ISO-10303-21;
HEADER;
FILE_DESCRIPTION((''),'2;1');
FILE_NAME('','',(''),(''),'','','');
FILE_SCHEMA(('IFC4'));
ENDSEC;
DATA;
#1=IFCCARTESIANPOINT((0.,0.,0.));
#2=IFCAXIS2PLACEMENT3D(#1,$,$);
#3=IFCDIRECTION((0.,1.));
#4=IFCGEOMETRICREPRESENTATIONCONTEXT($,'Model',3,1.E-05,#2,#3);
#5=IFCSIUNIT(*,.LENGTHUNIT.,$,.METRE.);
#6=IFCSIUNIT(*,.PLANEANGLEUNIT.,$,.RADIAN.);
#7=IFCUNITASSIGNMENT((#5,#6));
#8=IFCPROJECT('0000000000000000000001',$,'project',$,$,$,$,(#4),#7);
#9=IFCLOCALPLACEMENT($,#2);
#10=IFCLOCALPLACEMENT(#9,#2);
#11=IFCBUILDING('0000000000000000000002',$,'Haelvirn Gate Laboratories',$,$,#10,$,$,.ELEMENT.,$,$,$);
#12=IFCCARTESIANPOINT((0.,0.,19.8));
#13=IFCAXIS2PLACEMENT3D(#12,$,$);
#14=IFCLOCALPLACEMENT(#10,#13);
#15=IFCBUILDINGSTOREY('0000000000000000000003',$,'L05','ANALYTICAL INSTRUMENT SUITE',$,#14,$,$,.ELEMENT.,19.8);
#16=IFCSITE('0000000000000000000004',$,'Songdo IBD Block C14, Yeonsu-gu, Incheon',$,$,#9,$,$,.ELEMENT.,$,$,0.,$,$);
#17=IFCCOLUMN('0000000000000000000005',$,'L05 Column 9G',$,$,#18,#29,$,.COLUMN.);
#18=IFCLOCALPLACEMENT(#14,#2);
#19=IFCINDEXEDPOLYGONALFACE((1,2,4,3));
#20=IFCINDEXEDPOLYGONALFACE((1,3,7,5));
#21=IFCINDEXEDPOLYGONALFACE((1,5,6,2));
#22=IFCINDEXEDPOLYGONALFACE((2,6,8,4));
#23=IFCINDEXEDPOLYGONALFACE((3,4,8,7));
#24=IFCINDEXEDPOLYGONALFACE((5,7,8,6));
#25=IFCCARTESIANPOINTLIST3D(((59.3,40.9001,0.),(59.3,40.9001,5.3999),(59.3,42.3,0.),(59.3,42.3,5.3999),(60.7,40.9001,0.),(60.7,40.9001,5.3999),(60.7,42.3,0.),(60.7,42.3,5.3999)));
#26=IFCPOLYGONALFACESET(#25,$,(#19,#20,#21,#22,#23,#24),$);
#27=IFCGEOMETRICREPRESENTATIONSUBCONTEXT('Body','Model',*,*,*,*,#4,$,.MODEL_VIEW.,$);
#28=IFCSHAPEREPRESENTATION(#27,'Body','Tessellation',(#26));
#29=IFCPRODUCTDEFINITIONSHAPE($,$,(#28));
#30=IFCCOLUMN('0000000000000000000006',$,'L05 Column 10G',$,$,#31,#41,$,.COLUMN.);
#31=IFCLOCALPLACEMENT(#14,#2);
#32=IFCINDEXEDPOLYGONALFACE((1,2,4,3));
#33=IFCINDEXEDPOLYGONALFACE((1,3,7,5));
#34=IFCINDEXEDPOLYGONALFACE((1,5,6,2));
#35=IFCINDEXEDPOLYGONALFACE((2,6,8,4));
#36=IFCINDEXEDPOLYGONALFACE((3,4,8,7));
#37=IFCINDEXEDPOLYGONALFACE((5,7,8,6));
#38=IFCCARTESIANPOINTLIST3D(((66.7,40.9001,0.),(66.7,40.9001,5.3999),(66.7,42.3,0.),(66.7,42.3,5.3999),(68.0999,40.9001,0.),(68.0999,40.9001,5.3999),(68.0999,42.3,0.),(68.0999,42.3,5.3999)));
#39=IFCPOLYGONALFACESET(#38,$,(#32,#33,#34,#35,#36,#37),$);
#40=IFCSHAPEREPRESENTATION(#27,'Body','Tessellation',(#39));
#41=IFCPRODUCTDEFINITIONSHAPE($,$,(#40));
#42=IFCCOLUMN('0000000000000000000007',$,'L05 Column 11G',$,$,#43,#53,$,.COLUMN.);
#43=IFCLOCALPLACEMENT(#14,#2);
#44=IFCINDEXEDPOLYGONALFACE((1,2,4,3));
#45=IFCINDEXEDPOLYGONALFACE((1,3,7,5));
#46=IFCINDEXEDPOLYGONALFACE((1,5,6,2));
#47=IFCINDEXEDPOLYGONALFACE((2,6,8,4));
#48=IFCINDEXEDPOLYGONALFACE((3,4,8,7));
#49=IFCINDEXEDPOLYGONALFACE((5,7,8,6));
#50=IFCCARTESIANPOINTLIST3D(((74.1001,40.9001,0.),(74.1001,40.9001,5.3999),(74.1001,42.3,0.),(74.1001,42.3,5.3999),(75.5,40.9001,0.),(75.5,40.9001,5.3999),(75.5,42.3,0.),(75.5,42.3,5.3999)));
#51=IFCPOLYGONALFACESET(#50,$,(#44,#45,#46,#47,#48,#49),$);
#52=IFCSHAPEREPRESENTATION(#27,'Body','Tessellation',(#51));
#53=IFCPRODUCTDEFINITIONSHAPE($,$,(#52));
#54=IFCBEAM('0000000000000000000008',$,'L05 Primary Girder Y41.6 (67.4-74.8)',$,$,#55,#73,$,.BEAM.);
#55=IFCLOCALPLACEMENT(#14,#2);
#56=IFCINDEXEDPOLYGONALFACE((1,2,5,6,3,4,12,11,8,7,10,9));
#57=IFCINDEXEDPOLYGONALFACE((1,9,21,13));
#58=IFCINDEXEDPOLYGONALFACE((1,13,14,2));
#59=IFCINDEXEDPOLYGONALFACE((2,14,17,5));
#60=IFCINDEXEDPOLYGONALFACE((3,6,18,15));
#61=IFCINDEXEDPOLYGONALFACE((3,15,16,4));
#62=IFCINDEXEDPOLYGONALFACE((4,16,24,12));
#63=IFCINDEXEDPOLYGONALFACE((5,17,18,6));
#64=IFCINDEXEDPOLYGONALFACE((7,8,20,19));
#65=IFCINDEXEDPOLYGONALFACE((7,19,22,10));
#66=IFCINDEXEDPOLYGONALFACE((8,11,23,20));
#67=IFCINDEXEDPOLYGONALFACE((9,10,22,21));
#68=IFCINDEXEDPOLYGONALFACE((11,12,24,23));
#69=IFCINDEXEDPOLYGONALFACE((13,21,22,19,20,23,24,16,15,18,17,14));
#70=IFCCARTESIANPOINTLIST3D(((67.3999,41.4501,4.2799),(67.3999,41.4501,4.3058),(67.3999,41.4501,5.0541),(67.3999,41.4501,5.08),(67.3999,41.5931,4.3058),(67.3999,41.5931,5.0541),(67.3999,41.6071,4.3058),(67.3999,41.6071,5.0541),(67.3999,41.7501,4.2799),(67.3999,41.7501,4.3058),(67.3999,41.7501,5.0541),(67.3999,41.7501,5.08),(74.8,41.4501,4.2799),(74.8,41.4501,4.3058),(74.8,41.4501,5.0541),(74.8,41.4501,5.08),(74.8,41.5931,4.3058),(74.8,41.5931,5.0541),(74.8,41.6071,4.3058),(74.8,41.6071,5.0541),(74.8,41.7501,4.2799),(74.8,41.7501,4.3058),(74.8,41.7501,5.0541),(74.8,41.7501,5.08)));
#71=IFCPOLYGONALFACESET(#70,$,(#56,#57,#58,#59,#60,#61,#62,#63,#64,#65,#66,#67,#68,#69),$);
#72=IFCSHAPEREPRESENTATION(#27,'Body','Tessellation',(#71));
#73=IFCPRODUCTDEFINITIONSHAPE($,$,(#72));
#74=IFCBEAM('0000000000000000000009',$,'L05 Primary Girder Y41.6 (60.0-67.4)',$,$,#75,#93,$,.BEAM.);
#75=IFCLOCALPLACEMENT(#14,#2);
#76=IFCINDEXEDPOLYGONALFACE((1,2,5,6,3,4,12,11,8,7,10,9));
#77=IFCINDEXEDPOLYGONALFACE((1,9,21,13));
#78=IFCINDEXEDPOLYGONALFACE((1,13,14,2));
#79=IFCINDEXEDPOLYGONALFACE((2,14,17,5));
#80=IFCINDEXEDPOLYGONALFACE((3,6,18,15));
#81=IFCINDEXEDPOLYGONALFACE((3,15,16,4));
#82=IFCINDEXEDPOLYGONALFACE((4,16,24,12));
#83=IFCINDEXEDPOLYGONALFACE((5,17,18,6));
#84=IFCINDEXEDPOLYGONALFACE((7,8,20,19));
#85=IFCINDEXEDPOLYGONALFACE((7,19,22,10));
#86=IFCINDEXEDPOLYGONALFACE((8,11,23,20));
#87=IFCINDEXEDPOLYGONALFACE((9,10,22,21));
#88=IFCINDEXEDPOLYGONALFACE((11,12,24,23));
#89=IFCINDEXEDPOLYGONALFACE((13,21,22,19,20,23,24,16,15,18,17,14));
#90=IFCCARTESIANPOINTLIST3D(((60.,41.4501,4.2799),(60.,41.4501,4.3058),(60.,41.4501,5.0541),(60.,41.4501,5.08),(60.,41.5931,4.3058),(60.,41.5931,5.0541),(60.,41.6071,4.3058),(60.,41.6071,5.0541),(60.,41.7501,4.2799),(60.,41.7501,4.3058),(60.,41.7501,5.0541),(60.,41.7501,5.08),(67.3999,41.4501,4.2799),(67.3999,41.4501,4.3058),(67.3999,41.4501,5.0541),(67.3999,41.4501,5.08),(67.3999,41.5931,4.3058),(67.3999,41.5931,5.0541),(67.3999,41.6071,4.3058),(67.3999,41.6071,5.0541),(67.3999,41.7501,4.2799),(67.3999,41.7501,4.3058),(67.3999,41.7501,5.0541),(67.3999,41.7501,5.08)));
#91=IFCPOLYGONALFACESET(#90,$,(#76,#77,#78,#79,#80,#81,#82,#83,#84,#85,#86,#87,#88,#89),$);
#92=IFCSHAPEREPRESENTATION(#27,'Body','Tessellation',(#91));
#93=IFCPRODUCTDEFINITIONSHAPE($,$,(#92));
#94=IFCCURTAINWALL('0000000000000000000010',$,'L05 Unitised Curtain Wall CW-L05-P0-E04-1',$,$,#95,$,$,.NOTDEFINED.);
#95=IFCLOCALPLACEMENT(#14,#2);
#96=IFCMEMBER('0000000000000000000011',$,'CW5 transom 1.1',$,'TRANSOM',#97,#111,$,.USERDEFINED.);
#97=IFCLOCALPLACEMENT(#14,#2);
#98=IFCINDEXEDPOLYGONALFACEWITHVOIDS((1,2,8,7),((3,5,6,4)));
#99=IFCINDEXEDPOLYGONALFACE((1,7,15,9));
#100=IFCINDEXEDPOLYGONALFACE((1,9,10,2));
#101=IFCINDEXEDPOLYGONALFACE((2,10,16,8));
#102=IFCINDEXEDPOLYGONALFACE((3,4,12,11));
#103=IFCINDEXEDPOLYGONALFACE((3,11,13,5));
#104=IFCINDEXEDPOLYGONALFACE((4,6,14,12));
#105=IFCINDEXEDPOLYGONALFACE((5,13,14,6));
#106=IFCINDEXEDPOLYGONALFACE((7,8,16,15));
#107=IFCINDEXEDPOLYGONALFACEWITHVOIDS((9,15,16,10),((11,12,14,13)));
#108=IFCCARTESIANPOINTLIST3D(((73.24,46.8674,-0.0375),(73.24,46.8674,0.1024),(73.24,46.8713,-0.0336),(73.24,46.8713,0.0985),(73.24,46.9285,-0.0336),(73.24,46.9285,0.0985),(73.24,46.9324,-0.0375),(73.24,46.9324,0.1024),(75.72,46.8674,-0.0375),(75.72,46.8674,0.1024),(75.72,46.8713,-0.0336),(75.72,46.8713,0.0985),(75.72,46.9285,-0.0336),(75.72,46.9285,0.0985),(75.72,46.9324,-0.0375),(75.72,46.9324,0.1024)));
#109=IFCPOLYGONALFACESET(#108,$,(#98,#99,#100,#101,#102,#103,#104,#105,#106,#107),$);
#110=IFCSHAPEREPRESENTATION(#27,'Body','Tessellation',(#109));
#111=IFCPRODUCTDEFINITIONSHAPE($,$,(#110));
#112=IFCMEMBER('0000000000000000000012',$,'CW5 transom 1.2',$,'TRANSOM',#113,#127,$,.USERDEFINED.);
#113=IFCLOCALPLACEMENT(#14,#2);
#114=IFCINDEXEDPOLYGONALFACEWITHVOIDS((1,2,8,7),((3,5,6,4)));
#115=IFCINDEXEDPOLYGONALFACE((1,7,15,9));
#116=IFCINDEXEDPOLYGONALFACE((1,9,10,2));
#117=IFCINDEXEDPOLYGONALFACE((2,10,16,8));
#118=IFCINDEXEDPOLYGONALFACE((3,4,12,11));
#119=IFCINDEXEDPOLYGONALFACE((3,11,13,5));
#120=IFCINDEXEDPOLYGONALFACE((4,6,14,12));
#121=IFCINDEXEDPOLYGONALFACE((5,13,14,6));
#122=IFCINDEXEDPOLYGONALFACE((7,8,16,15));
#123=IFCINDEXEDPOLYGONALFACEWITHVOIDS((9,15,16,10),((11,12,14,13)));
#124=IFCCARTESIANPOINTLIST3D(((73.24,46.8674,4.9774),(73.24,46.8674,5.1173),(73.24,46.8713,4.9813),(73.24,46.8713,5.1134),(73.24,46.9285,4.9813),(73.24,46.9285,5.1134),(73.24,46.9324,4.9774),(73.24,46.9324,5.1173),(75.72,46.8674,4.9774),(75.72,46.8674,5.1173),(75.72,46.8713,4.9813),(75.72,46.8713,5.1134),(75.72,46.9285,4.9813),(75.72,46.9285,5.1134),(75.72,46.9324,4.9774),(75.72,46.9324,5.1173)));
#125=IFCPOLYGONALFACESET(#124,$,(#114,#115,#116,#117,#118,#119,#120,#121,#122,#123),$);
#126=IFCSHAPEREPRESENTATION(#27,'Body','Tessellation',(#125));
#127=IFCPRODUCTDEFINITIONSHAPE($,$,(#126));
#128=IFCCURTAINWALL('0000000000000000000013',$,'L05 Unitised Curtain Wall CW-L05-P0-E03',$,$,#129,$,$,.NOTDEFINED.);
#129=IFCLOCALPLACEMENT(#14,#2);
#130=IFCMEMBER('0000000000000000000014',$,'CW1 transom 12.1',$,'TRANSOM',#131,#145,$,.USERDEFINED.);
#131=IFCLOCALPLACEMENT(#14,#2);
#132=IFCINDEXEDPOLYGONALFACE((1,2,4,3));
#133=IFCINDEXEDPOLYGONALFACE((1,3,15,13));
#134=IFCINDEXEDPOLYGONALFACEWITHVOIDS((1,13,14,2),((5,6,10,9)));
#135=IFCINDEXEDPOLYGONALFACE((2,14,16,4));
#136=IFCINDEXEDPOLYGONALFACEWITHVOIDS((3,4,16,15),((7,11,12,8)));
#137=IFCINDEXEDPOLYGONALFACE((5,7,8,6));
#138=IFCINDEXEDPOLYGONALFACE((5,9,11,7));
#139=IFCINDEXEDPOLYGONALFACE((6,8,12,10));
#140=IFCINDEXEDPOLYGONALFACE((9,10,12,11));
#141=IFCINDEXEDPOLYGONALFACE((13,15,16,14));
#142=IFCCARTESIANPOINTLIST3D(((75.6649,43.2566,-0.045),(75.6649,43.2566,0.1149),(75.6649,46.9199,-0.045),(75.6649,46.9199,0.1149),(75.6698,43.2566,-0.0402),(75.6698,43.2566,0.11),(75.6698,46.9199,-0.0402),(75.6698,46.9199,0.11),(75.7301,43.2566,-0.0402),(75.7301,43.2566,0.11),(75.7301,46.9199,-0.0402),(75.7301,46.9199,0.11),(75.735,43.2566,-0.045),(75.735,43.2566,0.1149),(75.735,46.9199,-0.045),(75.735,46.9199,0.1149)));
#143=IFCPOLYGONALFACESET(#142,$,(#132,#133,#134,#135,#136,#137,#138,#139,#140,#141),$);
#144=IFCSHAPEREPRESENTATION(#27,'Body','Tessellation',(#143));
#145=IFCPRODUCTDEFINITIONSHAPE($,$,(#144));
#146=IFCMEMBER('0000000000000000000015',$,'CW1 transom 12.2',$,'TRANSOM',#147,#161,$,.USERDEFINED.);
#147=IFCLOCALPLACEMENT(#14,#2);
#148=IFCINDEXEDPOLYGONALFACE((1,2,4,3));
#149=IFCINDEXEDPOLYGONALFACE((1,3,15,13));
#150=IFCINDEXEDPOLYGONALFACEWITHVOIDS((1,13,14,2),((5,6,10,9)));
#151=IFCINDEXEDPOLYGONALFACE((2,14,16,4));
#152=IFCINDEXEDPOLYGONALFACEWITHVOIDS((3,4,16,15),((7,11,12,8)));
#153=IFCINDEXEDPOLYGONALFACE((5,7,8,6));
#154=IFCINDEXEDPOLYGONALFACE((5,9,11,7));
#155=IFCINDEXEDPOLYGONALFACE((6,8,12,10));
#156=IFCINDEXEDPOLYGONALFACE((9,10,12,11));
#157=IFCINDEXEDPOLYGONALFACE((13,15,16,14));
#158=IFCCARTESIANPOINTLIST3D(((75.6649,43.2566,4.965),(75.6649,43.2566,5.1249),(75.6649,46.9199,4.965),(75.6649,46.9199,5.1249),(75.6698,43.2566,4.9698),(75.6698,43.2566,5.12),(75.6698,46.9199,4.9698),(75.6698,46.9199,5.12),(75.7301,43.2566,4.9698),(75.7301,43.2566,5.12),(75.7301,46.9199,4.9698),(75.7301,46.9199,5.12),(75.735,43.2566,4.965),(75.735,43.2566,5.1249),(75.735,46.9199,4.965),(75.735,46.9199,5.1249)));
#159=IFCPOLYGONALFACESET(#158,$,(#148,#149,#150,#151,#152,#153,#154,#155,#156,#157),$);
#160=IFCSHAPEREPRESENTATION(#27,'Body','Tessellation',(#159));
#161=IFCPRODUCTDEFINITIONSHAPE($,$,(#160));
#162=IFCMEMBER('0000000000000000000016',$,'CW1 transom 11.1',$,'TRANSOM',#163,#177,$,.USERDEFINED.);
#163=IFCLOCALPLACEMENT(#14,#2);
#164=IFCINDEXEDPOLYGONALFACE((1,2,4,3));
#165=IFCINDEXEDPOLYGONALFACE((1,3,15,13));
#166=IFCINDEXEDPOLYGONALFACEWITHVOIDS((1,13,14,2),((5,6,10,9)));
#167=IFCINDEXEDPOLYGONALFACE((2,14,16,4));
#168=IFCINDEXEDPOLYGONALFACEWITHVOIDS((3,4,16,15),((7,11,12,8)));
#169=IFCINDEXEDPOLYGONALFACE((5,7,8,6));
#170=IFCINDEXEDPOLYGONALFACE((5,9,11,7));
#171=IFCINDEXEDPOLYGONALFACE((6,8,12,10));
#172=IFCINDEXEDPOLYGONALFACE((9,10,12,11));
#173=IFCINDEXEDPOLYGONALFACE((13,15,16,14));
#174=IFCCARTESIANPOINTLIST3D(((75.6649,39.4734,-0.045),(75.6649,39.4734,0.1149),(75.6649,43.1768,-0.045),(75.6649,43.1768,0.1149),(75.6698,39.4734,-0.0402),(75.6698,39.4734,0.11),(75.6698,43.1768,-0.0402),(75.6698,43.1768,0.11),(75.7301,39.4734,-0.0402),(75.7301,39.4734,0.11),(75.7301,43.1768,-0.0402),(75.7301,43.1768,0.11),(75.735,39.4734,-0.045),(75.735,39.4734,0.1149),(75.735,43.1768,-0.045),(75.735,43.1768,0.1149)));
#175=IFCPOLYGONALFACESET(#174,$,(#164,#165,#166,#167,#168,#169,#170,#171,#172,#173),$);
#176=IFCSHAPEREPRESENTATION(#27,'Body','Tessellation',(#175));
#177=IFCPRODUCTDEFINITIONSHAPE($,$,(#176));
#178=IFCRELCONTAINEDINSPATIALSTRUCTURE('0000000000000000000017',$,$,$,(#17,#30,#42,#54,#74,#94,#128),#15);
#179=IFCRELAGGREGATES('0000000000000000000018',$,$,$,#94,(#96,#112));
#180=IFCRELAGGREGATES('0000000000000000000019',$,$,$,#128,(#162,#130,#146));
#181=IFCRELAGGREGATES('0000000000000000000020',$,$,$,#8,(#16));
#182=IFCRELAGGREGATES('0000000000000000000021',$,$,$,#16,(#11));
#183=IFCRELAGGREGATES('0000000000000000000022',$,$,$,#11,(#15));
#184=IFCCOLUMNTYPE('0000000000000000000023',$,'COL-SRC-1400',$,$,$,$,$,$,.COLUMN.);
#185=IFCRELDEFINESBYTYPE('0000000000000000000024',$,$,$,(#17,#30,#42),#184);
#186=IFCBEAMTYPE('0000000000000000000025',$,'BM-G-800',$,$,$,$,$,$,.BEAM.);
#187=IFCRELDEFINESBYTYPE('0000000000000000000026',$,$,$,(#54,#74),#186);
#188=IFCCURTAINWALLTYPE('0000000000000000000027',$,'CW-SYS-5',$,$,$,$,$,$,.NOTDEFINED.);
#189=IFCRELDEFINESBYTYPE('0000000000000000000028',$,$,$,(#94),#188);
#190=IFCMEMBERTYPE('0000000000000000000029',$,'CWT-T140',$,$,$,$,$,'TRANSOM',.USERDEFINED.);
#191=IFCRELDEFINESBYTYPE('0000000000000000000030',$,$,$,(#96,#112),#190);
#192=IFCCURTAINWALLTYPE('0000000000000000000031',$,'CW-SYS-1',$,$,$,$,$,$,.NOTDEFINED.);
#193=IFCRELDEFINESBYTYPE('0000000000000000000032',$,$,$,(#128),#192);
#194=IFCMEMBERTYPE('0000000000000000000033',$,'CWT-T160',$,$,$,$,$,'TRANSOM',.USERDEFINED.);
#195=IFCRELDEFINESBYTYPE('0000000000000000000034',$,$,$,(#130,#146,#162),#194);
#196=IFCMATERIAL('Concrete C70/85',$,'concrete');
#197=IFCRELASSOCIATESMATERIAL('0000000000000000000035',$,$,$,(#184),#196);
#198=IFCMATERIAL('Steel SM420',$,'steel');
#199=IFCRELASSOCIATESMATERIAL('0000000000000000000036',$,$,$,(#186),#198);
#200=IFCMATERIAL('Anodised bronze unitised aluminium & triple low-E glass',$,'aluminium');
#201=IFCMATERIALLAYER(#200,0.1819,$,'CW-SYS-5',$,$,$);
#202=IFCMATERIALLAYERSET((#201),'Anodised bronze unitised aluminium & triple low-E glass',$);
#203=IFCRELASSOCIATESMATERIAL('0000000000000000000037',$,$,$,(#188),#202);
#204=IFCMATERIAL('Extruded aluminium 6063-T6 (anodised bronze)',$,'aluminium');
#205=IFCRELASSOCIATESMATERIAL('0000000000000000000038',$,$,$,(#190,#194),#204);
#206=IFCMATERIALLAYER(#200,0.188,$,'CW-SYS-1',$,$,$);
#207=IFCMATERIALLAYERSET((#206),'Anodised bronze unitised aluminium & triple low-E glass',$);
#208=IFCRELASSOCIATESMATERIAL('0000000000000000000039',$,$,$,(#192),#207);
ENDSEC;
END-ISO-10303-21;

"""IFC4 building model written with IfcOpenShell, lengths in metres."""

from ifc_helpers import new_model, si_unit, direction, frame, origin, origin_2d, place, context, subcontext, project, spatial, rectangle, hollow_rectangle, i_section, extrude, source, transform, mapped, material, layer, layer_set, material_profile, profile_set, type_object, type_shapes, element, aggregate, save


model = new_model("IFC4")

# Units and contexts
model_context = context("Model", 3, precision=1e-05, world=origin(), true_north=direction((0.0, 1.0)))
body_context = subcontext(model_context, "Body", "Model", "MODEL_VIEW")
ifc_project = project(units=[si_unit("LENGTHUNIT", "METRE"), si_unit("PLANEANGLEUNIT", "RADIAN")], contexts=[model_context])

# Site, building, storey
site_placement = place(None, origin())
site = spatial("IfcSite", under=ifc_project, at=site_placement, Name="Songdo IBD Block C14, Yeonsu-gu, Incheon", CompositionType="ELEMENT", RefElevation=0.0)
building_placement = place(site_placement, origin())
building = spatial("IfcBuilding", under=site, at=building_placement, Name="Haelvirn Gate Laboratories", CompositionType="ELEMENT")
storey_placement = place(building_placement, frame((0.0, 0.0, 19.8)))
storey = spatial("IfcBuildingStorey", under=building, at=storey_placement, Name="L05", Description="ANALYTICAL INSTRUMENT SUITE", CompositionType="ELEMENT", Elevation=19.8)

# Columns
ifc_material_1 = material(Name="Concrete C70/85", Category="concrete")
ifc_material_profile_1 = material_profile(ifc_material_1, rectangle(XDim=1.3999, YDim=1.3999, at=origin_2d()), Name="SRC-1400x1400")
ifc_profile_set_1 = profile_set([ifc_material_profile_1], Name="Concrete C70/85")
column_type = type_object("IfcColumnType", Name="COL-SRC-1400", PredefinedType="COLUMN", material=ifc_profile_set_1)
shared_shape_1 = source(origin(), body_context, "Body", "SweptSolid", [
    extrude(rectangle(XDim=1.3999, YDim=1.3999, at=origin_2d()), origin(), (0.0, 0.0, 1.0), 5.3999),
])
type_shapes(column_type, [shared_shape_1])
for number, where, z_axis, x_axis, name in (
    (1, (60.0, 41.6001, 0.0), (0.0, 0.0, 1.0), (1.0, 0.0, 0.0), "L05 Column 9G"),
    (2, (67.3999, 41.6001, 0.0), (0.0, 0.0, 1.0), (1.0, 0.0, 0.0), "L05 Column 10G"),
    (3, (74.8, 41.6001, 0.0), (0.0, 0.0, 1.0), (1.0, 0.0, 0.0), "L05 Column 11G"),
):
    element("IfcColumn", number, at=place(storey_placement, frame(where, z_axis=z_axis, x_axis=x_axis)), inside=storey, type_object=column_type, Name=name, PredefinedType="COLUMN", context=body_context, shape_type="MappedRepresentation", body=[
        mapped(shared_shape_1, transform((0.0, 0.0, 0.0), scale=1.0)),
    ])

# Beams
ifc_material_2 = material(Name="Steel SM420", Category="steel")
ifc_material_profile_2 = material_profile(ifc_material_2, i_section(OverallWidth=0.3, OverallDepth=0.8, WebThickness=0.0139, FlangeThickness=0.0259, at=origin_2d()), Name="H-800x300x14x26")
ifc_profile_set_2 = profile_set([ifc_material_profile_2], Name="Steel SM420")
beam_type = type_object("IfcBeamType", Name="BM-G-800", PredefinedType="BEAM", material=ifc_profile_set_2)
shared_shape_2 = source(origin(), body_context, "Body", "SweptSolid", [
    extrude(i_section(OverallWidth=0.3, OverallDepth=0.8, WebThickness=0.0139, FlangeThickness=0.0259, at=origin_2d()), origin(), (0.0, 0.0, 1.0), 7.4001),
])
beam_1_placement = place(storey_placement, frame((67.3999, 41.6001, 4.6799), z_axis=(1.0, 0.0, 0.0), x_axis=(0.0, 1.0, 0.0)))
element("IfcBeam", 4, at=beam_1_placement, inside=storey, type_object=beam_type, Name="L05 Primary Girder Y41.6 (67.4-74.8)", PredefinedType="BEAM", context=body_context, shape_type="MappedRepresentation", body=[
    mapped(shared_shape_2, transform((0.0, 0.0, 0.0), scale=1.0)),
])
shared_shape_3 = source(origin(), body_context, "Body", "SweptSolid", [
    extrude(i_section(OverallWidth=0.3, OverallDepth=0.8, WebThickness=0.0139, FlangeThickness=0.0259, at=origin_2d()), origin(), (0.0, 0.0, 1.0), 7.3999),
])
type_shapes(beam_type, [shared_shape_2, shared_shape_3])
beam_2_placement = place(storey_placement, frame((60.0, 41.6001, 4.6799), z_axis=(1.0, 0.0, 0.0), x_axis=(0.0, 1.0, 0.0)))
element("IfcBeam", 5, at=beam_2_placement, inside=storey, type_object=beam_type, Name="L05 Primary Girder Y41.6 (60.0-67.4)", PredefinedType="BEAM", context=body_context, shape_type="MappedRepresentation", body=[
    mapped(shared_shape_3, transform((0.0, 0.0, 0.0), scale=1.0)),
])

# Curtain walls, members
ifc_material_3 = material(Name="Anodised bronze unitised aluminium & triple low-E glass", Category="aluminium")
ifc_layer_1 = layer(ifc_material_3, 0.1819, Name="CW-SYS-5")
ifc_layer_set_1 = layer_set([ifc_layer_1], Name="Anodised bronze unitised aluminium & triple low-E glass")
curtain_wall_type_1 = type_object("IfcCurtainWallType", Name="CW-SYS-5", PredefinedType="NOTDEFINED", material=ifc_layer_set_1)
curtain_wall_1_placement = place(storey_placement, origin())
curtain_wall_1 = element("IfcCurtainWall", 6, at=curtain_wall_1_placement, inside=storey, type_object=curtain_wall_type_1, Name="L05 Unitised Curtain Wall CW-L05-P0-E04-1", PredefinedType="NOTDEFINED")
ifc_material_4 = material(Name="Extruded aluminium 6063-T6 (anodised bronze)", Category="aluminium")
ifc_material_profile_3 = material_profile(ifc_material_4, hollow_rectangle(XDim=0.0649, YDim=0.1399, WallThickness=0.0039, at=origin_2d()), Name="CWT-140x65x4")
ifc_profile_set_3 = profile_set([ifc_material_profile_3], Name="Extruded aluminium 6063-T6 (anodised bronze)")
member_type_1 = type_object("IfcMemberType", Name="CWT-T140", ElementType="TRANSOM", PredefinedType="USERDEFINED", material=ifc_profile_set_3)
shared_shape_4 = source(origin(), body_context, "Body", "SweptSolid", [
    extrude(hollow_rectangle(XDim=0.0649, YDim=0.1399, WallThickness=0.0039, at=origin_2d()), origin(), (0.0, 0.0, 1.0), 2.48),
])
type_shapes(member_type_1, [shared_shape_4])
member_1_placement = place(storey_placement, frame((73.24, 46.8999, 0.0325), z_axis=(1.0, 0.0, 0.0), x_axis=(0.0, 1.0, 0.0)))
member_1 = element("IfcMember", 7, at=member_1_placement, type_object=member_type_1, Name="CW5 transom 1.1", ObjectType="TRANSOM", PredefinedType="USERDEFINED", context=body_context, shape_type="MappedRepresentation", body=[
    mapped(shared_shape_4, transform((0.0, 0.0, 0.0), scale=1.0)),
])
member_2_placement = place(storey_placement, frame((73.24, 46.8999, 5.0474), z_axis=(1.0, 0.0, 0.0), x_axis=(0.0, 1.0, 0.0)))
member_2 = element("IfcMember", 8, at=member_2_placement, type_object=member_type_1, Name="CW5 transom 1.2", ObjectType="TRANSOM", PredefinedType="USERDEFINED", context=body_context, shape_type="MappedRepresentation", body=[
    mapped(shared_shape_4, transform((0.0, 0.0, 0.0), scale=1.0)),
])
ifc_layer_2 = layer(ifc_material_3, 0.188, Name="CW-SYS-1")
ifc_layer_set_2 = layer_set([ifc_layer_2], Name="Anodised bronze unitised aluminium & triple low-E glass")
curtain_wall_type_2 = type_object("IfcCurtainWallType", Name="CW-SYS-1", PredefinedType="NOTDEFINED", material=ifc_layer_set_2)
curtain_wall_2_placement = place(storey_placement, origin())
curtain_wall_2 = element("IfcCurtainWall", 9, at=curtain_wall_2_placement, inside=storey, type_object=curtain_wall_type_2, Name="L05 Unitised Curtain Wall CW-L05-P0-E03", PredefinedType="NOTDEFINED")
ifc_material_profile_4 = material_profile(ifc_material_4, hollow_rectangle(XDim=0.0701, YDim=0.1599, WallThickness=0.0049, at=origin_2d()), Name="CWT-160x70x5")
ifc_profile_set_4 = profile_set([ifc_material_profile_4], Name="Extruded aluminium 6063-T6 (anodised bronze)")
member_type_2 = type_object("IfcMemberType", Name="CWT-T160", ElementType="TRANSOM", PredefinedType="USERDEFINED", material=ifc_profile_set_4)
shared_shape_5 = source(origin(), body_context, "Body", "SweptSolid", [
    extrude(hollow_rectangle(XDim=0.0701, YDim=0.1599, WallThickness=0.0049, at=origin_2d()), origin(), (0.0, 0.0, 1.0), 3.6633),
])
member_3_placement = place(storey_placement, frame((75.7, 43.2566, 0.0349), z_axis=(0.0, 1.0, 0.0), x_axis=(-1.0, 0.0, 0.0)))
member_3 = element("IfcMember", 10, at=member_3_placement, type_object=member_type_2, Name="CW1 transom 12.1", ObjectType="TRANSOM", PredefinedType="USERDEFINED", context=body_context, shape_type="MappedRepresentation", body=[
    mapped(shared_shape_5, transform((0.0, 0.0, 0.0), scale=1.0)),
])
member_4_placement = place(storey_placement, frame((75.7, 43.2566, 5.0449), z_axis=(0.0, 1.0, 0.0), x_axis=(-1.0, 0.0, 0.0)))
member_4 = element("IfcMember", 11, at=member_4_placement, type_object=member_type_2, Name="CW1 transom 12.2", ObjectType="TRANSOM", PredefinedType="USERDEFINED", context=body_context, shape_type="MappedRepresentation", body=[
    mapped(shared_shape_5, transform((0.0, 0.0, 0.0), scale=1.0)),
])
shared_shape_6 = source(origin(), body_context, "Body", "SweptSolid", [
    extrude(hollow_rectangle(XDim=0.0701, YDim=0.1599, WallThickness=0.0049, at=origin_2d()), origin(), (0.0, 0.0, 1.0), 3.7034),
])
member_5_placement = place(storey_placement, frame((75.7, 39.4734, 0.0349), z_axis=(0.0, 1.0, 0.0), x_axis=(-1.0, 0.0, 0.0)))
member_5 = element("IfcMember", 12, at=member_5_placement, type_object=member_type_2, Name="CW1 transom 11.1", ObjectType="TRANSOM", PredefinedType="USERDEFINED", context=body_context, shape_type="MappedRepresentation", body=[
    mapped(shared_shape_6, transform((0.0, 0.0, 0.0), scale=1.0)),
])

aggregate(curtain_wall_1, [member_1, member_2])
aggregate(curtain_wall_2, [member_5, member_3, member_4])

save(model, "model.ifc")
